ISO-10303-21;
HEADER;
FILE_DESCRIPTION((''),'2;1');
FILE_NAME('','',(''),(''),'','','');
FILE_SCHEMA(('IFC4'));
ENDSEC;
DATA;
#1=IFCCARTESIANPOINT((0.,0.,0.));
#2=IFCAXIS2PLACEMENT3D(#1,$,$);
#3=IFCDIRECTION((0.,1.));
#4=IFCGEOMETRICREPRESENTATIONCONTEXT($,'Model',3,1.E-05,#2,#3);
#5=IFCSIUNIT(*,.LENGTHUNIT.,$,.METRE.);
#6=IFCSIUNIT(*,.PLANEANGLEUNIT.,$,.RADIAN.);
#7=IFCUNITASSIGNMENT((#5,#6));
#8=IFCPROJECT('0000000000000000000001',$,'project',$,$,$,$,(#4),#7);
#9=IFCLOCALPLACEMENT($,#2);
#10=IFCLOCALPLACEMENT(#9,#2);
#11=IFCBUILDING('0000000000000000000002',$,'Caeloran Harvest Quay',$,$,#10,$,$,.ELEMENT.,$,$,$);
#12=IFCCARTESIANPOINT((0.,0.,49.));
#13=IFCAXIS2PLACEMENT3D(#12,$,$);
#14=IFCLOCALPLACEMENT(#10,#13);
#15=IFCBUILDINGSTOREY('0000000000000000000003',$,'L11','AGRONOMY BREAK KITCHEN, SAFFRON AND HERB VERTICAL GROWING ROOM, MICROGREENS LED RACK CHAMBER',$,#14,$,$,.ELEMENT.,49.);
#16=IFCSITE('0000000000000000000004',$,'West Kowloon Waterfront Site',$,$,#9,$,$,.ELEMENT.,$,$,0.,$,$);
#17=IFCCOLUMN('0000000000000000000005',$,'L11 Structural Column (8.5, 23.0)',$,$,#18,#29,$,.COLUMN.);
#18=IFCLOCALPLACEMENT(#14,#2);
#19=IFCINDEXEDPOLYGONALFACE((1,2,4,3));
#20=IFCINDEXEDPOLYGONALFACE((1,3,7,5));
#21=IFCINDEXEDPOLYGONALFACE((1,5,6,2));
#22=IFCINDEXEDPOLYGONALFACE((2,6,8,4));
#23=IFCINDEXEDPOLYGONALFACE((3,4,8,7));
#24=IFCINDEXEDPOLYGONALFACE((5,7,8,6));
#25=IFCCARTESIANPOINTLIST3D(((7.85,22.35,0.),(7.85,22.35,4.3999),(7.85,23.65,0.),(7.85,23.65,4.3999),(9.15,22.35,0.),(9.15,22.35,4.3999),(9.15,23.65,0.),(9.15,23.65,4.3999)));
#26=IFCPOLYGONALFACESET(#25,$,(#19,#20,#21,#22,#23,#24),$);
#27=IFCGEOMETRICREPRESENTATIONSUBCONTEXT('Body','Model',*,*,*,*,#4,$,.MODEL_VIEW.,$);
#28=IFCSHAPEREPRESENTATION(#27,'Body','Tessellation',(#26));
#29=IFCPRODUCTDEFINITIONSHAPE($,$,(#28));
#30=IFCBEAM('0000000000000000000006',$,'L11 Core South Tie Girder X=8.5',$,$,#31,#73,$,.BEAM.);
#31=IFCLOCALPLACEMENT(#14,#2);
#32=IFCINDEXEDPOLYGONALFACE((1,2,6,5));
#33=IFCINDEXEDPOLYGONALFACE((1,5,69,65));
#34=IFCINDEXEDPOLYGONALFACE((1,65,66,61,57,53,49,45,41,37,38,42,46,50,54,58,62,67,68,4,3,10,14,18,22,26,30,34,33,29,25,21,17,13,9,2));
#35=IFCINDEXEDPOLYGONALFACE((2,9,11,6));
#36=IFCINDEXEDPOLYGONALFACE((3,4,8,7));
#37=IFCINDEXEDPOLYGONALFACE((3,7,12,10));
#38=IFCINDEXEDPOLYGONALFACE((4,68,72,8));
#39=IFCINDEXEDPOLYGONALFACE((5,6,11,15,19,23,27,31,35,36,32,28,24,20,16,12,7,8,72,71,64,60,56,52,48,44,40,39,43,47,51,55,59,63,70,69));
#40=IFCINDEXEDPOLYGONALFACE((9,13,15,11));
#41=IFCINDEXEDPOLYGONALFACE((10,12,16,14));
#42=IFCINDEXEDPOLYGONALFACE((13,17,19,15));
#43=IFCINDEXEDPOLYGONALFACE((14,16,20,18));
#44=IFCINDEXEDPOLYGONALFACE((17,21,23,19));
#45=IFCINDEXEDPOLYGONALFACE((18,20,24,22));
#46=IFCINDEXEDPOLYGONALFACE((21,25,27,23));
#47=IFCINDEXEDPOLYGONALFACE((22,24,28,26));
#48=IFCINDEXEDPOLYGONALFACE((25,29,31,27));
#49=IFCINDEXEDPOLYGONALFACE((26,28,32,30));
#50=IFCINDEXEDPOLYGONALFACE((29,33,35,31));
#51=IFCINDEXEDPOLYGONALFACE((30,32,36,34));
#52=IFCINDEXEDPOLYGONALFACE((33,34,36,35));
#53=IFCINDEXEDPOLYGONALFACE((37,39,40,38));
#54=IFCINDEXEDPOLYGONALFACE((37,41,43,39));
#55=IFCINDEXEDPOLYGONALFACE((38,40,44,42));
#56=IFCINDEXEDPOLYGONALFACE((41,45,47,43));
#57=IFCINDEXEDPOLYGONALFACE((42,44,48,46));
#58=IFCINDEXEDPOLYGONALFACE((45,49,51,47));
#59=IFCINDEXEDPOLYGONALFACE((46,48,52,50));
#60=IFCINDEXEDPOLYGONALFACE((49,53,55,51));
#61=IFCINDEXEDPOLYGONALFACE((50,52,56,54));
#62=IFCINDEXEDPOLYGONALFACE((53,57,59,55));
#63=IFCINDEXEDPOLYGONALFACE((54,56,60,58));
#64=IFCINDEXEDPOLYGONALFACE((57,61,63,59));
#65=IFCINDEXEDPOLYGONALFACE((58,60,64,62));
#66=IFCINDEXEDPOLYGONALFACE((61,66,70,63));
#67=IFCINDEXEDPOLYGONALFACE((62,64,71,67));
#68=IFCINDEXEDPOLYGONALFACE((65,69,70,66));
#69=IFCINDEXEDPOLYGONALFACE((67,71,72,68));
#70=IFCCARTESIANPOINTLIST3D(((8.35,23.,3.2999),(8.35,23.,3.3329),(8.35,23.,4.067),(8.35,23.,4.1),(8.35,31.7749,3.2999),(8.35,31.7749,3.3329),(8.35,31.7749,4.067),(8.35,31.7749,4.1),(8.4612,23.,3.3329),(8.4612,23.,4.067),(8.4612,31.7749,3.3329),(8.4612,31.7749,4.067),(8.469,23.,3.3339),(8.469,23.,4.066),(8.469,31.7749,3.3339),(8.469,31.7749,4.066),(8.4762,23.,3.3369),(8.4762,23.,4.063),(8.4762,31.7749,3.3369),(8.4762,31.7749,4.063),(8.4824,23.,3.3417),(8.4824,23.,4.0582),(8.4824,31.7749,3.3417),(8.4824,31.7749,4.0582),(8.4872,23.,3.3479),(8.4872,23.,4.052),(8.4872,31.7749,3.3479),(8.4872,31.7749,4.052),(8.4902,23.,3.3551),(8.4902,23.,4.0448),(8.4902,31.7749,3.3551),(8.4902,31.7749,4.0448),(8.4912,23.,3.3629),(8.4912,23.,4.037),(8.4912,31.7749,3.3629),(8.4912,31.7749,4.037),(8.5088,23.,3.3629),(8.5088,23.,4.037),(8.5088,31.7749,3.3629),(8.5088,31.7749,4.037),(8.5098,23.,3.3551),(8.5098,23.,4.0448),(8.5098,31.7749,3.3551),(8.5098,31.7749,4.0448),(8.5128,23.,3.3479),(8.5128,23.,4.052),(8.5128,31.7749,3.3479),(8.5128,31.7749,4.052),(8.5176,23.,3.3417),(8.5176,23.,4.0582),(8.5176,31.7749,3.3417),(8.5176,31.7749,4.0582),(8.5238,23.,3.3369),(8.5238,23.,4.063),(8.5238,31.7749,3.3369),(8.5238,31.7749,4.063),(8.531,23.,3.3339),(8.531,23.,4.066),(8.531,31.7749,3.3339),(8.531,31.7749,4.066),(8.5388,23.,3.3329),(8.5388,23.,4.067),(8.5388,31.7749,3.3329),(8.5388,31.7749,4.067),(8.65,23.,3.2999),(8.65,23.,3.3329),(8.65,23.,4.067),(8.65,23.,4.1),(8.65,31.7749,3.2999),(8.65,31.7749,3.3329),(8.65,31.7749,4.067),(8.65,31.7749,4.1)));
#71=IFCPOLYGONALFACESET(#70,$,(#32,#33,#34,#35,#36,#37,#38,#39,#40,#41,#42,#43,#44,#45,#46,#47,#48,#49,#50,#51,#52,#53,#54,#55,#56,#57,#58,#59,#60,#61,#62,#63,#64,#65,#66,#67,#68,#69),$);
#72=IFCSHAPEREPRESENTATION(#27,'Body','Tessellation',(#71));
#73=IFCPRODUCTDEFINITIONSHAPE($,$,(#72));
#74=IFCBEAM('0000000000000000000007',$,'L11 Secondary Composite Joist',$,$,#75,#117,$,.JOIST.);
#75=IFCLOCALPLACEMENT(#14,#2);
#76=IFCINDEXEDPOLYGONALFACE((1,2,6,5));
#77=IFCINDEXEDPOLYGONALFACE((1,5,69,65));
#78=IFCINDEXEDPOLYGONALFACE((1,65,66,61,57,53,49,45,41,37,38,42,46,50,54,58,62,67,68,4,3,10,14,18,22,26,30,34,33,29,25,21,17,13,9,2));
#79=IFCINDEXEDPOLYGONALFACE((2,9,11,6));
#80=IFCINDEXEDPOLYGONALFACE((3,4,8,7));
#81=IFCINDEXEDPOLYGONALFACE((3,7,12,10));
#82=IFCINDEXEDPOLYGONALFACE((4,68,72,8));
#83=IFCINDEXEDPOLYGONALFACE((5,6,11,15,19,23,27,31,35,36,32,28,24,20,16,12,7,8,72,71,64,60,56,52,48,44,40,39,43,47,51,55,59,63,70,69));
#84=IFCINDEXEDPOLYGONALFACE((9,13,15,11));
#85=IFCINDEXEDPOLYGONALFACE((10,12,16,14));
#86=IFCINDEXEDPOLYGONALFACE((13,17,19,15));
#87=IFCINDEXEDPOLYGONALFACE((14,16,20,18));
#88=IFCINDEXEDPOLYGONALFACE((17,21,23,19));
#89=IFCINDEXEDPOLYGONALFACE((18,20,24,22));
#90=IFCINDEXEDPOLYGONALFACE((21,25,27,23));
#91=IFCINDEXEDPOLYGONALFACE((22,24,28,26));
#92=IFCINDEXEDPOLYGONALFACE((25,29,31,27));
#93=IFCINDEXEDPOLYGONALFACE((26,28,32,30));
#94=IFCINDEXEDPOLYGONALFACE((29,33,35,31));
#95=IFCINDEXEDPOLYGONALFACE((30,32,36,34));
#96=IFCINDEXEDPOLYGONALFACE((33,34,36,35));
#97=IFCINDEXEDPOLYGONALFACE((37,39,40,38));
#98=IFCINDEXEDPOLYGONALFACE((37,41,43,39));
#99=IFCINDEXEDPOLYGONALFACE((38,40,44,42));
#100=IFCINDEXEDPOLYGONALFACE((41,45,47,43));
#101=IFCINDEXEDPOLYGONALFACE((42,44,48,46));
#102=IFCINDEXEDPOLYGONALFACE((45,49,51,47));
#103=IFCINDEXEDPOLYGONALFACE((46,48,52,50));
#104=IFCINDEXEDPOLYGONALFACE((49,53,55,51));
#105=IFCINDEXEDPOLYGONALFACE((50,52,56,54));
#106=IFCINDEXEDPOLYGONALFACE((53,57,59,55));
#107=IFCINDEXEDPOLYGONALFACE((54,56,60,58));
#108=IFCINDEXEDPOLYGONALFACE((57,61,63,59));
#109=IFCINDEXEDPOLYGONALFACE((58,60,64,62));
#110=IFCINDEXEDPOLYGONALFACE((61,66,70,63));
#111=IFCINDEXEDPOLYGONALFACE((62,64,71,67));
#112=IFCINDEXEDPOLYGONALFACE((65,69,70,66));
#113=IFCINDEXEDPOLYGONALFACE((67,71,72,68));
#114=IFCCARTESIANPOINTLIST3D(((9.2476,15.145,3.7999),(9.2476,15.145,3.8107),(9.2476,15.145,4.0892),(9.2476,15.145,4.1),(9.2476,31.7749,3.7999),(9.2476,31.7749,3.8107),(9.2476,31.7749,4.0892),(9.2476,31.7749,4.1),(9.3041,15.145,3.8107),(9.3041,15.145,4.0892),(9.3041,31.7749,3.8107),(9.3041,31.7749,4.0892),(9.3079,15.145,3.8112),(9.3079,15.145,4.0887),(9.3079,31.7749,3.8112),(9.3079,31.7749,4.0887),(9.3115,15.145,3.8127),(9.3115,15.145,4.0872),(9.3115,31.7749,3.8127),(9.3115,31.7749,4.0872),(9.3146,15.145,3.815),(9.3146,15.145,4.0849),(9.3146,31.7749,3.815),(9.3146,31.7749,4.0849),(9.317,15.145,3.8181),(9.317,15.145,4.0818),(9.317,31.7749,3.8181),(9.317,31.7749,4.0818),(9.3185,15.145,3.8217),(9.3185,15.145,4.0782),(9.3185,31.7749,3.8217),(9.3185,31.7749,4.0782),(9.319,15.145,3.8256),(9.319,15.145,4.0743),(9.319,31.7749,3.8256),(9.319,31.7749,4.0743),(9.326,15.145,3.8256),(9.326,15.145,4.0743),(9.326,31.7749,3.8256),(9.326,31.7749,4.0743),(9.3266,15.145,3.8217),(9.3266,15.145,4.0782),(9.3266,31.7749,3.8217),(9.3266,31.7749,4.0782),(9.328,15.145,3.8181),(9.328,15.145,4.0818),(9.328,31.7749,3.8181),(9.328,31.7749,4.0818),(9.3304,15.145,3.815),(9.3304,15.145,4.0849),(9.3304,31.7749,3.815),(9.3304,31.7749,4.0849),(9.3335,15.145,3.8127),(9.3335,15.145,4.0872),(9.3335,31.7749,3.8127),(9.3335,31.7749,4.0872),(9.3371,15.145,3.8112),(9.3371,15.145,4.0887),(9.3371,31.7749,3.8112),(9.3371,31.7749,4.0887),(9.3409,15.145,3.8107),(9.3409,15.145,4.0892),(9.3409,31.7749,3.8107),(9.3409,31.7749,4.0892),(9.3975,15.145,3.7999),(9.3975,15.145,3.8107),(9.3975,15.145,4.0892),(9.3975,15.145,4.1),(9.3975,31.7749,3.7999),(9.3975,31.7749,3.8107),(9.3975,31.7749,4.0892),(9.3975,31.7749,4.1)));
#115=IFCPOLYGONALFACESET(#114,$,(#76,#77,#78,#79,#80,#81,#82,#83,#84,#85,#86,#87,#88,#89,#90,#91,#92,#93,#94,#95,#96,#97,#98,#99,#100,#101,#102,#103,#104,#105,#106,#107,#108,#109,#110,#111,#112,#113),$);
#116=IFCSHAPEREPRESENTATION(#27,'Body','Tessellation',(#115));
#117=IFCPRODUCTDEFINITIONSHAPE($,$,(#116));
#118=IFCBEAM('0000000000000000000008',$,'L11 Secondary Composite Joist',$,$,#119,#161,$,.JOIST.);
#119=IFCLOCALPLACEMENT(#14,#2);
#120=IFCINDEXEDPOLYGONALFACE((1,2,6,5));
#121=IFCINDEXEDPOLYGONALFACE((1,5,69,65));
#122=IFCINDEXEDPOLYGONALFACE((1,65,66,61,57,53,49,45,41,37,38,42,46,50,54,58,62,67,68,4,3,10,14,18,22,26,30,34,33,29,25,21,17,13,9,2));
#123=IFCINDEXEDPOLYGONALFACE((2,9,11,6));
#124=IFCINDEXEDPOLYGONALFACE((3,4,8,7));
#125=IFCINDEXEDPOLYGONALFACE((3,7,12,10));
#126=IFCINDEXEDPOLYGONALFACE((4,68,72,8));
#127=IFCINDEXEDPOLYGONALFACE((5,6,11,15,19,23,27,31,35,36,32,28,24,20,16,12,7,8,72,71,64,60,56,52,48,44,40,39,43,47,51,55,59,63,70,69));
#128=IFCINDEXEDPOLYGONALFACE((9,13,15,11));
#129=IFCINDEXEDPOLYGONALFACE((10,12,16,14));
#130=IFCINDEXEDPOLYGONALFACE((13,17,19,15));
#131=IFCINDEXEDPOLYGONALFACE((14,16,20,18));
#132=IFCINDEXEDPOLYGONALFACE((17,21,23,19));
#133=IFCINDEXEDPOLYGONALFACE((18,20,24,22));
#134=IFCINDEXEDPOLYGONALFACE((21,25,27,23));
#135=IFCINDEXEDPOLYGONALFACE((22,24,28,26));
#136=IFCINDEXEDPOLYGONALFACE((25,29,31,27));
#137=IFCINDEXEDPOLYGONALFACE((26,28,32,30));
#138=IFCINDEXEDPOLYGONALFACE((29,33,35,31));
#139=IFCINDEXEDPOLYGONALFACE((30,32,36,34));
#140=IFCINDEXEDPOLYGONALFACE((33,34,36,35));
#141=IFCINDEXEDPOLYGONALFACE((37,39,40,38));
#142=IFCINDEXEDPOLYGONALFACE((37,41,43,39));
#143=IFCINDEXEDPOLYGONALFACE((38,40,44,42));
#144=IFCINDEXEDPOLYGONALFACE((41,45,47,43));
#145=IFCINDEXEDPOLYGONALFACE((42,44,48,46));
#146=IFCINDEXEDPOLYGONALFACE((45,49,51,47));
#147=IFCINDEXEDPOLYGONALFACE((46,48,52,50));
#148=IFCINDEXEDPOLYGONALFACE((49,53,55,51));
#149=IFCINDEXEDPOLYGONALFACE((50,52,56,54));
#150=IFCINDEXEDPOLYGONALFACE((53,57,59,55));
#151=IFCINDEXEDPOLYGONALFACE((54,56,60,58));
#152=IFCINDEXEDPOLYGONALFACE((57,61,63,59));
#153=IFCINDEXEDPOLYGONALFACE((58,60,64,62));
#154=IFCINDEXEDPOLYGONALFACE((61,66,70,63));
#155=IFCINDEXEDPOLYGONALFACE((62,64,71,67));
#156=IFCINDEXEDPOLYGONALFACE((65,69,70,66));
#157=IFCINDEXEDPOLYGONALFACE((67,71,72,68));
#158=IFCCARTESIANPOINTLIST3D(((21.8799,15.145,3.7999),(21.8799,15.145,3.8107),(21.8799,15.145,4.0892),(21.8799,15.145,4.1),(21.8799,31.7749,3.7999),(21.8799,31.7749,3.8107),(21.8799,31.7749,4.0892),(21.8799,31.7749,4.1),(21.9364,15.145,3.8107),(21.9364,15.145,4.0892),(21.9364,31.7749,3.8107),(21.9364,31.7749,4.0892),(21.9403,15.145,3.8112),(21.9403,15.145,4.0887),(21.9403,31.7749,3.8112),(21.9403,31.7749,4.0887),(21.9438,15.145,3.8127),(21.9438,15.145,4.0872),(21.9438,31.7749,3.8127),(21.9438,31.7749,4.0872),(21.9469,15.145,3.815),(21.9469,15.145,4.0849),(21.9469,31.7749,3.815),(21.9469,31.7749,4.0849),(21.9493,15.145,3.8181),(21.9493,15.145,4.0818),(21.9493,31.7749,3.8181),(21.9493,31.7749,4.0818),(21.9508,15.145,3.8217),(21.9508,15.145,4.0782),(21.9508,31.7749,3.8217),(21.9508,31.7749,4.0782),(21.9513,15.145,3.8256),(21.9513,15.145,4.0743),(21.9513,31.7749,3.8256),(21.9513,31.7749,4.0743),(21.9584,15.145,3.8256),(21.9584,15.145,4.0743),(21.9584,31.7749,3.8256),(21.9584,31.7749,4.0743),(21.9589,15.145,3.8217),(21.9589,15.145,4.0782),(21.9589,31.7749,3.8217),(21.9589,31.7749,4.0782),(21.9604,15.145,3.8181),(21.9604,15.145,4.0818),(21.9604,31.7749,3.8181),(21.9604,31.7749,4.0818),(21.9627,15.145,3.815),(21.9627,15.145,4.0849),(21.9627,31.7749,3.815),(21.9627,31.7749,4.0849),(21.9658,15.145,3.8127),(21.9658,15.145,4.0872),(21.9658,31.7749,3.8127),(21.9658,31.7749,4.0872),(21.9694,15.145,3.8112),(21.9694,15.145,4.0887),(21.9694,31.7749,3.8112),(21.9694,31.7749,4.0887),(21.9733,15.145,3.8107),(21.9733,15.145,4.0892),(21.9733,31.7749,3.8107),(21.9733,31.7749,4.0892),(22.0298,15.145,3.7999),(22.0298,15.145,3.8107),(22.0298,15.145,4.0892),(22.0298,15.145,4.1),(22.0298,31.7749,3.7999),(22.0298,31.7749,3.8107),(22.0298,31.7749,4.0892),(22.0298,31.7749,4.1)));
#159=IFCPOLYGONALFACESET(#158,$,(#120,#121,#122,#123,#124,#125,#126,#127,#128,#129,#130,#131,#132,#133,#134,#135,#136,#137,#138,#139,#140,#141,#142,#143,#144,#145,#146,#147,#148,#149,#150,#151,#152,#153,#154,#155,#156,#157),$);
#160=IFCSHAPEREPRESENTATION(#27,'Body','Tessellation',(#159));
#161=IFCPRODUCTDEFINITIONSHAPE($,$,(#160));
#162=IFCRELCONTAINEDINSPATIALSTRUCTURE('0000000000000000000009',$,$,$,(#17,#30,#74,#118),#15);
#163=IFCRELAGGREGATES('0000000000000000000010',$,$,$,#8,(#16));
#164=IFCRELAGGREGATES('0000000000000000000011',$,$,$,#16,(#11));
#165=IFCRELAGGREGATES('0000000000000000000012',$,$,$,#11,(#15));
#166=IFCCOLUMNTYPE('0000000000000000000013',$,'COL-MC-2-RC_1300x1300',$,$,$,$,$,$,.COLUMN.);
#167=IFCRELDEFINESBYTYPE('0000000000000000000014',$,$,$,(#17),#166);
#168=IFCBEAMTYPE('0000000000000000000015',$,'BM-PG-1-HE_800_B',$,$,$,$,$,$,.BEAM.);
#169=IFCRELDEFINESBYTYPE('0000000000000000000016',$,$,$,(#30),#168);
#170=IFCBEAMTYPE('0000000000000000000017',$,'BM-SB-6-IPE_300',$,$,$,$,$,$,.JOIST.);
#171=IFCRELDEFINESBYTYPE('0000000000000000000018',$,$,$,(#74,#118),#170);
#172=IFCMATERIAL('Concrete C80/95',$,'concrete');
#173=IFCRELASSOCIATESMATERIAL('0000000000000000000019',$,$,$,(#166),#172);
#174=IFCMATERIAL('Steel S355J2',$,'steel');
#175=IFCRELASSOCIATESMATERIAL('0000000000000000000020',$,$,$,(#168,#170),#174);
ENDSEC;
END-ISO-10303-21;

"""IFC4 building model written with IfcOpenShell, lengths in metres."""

from ifc_helpers import new_model, si_unit, direction, frame, origin, origin_2d, place, context, subcontext, project, spatial, rectangle, i_section, extrude, material, material_profile, profile_set, type_object, element, save


model = new_model("IFC4")

# Units and contexts
model_context = context("Model", 3, precision=1e-05, world=origin(), true_north=direction((0.0, 1.0)))
body_context = subcontext(model_context, "Body", "Model", "MODEL_VIEW")
ifc_project = project(units=[si_unit("LENGTHUNIT", "METRE"), si_unit("PLANEANGLEUNIT", "RADIAN")], contexts=[model_context])

# Site, building, storey
site_placement = place(None, origin())
site = spatial("IfcSite", under=ifc_project, at=site_placement, Name="West Kowloon Waterfront Site", CompositionType="ELEMENT", RefElevation=0.0)
building_placement = place(site_placement, origin())
building = spatial("IfcBuilding", under=site, at=building_placement, Name="Caeloran Harvest Quay", CompositionType="ELEMENT")
storey_placement = place(building_placement, frame((0.0, 0.0, 49.0)))
storey = spatial("IfcBuildingStorey", under=building, at=storey_placement, Name="L11", Description="AGRONOMY BREAK KITCHEN, SAFFRON AND HERB VERTICAL GROWING ROOM, MICROGREENS LED RACK CHAMBER", CompositionType="ELEMENT", Elevation=49.0)

# Column
ifc_material_1 = material(Name="Concrete C80/95", Category="concrete")
ifc_material_profile_1 = material_profile(ifc_material_1, rectangle(XDim=1.3, YDim=1.3, at=origin_2d()), Name="RC 1300x1300")
ifc_profile_set_1 = profile_set([ifc_material_profile_1], Name="Concrete C80/95")
column_type = type_object("IfcColumnType", Name="COL-MC-2-RC_1300x1300", PredefinedType="COLUMN", material=ifc_profile_set_1)
column_placement = place(storey_placement, frame((8.5, 23.0, 0.0), z_axis=(0.0, 0.0, 1.0), x_axis=(1.0, 0.0, 0.0)))
element("IfcColumn", 1, at=column_placement, inside=storey, type_object=column_type, Name="L11 Structural Column (8.5, 23.0)", PredefinedType="COLUMN", context=body_context, shape_type="SweptSolid", body=[
    extrude(rectangle(XDim=1.3, YDim=1.3, at=origin_2d()), origin(), (0.0, 0.0, 1.0), 4.3999),
])

# Beams
ifc_material_2 = material(Name="Steel S355J2", Category="steel")
ifc_material_profile_2 = material_profile(ifc_material_2, i_section(OverallWidth=0.3, OverallDepth=0.8, WebThickness=0.0176, FlangeThickness=0.033, FilletRadius=0.03, at=origin_2d()), Name="HE 800 B")
ifc_profile_set_2 = profile_set([ifc_material_profile_2], Name="Steel S355J2")
beam_type_1 = type_object("IfcBeamType", Name="BM-PG-1-HE_800_B", PredefinedType="BEAM", material=ifc_profile_set_2)
beam_placement = place(storey_placement, frame((8.5, 23.0, 3.7), z_axis=(0.0, 1.0, 0.0), x_axis=(-1.0, 0.0, 0.0)))
element("IfcBeam", 2, at=beam_placement, inside=storey, type_object=beam_type_1, Name="L11 Core South Tie Girder X=8.5", PredefinedType="BEAM", context=body_context, shape_type="SweptSolid", body=[
    extrude(i_section(OverallWidth=0.3, OverallDepth=0.8, WebThickness=0.0176, FlangeThickness=0.033, FilletRadius=0.03, at=origin_2d()), origin(), (0.0, 0.0, 1.0), 8.7749),
])
ifc_material_profile_3 = material_profile(ifc_material_2, i_section(OverallWidth=0.1499, OverallDepth=0.3, WebThickness=0.0071, FlangeThickness=0.0107, FilletRadius=0.0149, at=origin_2d()), Name="IPE 300")
ifc_profile_set_3 = profile_set([ifc_material_profile_3], Name="Steel S355J2")
beam_type_2 = type_object("IfcBeamType", Name="BM-SB-6-IPE_300", PredefinedType="JOIST", material=ifc_profile_set_3)
for number, where, z_axis, x_axis, name in (
    (3, (9.3225, 15.145, 3.95), (0.0, 1.0, 0.0), (-1.0, 0.0, 0.0), "L11 Secondary Composite Joist"),
    (4, (21.9548, 15.145, 3.95), (0.0, 1.0, 0.0), (-1.0, 0.0, 0.0), "L11 Secondary Composite Joist"),
):
    element("IfcBeam", number, at=place(storey_placement, frame(where, z_axis=z_axis, x_axis=x_axis)), inside=storey, type_object=beam_type_2, Name=name, PredefinedType="JOIST", context=body_context, shape_type="SweptSolid", body=[
        extrude(i_section(OverallWidth=0.1499, OverallDepth=0.3, WebThickness=0.0071, FlangeThickness=0.0107, FilletRadius=0.0149, at=origin_2d()), origin(), (0.0, 0.0, 1.0), 16.6299),
    ])

save(model, "model.ifc")
